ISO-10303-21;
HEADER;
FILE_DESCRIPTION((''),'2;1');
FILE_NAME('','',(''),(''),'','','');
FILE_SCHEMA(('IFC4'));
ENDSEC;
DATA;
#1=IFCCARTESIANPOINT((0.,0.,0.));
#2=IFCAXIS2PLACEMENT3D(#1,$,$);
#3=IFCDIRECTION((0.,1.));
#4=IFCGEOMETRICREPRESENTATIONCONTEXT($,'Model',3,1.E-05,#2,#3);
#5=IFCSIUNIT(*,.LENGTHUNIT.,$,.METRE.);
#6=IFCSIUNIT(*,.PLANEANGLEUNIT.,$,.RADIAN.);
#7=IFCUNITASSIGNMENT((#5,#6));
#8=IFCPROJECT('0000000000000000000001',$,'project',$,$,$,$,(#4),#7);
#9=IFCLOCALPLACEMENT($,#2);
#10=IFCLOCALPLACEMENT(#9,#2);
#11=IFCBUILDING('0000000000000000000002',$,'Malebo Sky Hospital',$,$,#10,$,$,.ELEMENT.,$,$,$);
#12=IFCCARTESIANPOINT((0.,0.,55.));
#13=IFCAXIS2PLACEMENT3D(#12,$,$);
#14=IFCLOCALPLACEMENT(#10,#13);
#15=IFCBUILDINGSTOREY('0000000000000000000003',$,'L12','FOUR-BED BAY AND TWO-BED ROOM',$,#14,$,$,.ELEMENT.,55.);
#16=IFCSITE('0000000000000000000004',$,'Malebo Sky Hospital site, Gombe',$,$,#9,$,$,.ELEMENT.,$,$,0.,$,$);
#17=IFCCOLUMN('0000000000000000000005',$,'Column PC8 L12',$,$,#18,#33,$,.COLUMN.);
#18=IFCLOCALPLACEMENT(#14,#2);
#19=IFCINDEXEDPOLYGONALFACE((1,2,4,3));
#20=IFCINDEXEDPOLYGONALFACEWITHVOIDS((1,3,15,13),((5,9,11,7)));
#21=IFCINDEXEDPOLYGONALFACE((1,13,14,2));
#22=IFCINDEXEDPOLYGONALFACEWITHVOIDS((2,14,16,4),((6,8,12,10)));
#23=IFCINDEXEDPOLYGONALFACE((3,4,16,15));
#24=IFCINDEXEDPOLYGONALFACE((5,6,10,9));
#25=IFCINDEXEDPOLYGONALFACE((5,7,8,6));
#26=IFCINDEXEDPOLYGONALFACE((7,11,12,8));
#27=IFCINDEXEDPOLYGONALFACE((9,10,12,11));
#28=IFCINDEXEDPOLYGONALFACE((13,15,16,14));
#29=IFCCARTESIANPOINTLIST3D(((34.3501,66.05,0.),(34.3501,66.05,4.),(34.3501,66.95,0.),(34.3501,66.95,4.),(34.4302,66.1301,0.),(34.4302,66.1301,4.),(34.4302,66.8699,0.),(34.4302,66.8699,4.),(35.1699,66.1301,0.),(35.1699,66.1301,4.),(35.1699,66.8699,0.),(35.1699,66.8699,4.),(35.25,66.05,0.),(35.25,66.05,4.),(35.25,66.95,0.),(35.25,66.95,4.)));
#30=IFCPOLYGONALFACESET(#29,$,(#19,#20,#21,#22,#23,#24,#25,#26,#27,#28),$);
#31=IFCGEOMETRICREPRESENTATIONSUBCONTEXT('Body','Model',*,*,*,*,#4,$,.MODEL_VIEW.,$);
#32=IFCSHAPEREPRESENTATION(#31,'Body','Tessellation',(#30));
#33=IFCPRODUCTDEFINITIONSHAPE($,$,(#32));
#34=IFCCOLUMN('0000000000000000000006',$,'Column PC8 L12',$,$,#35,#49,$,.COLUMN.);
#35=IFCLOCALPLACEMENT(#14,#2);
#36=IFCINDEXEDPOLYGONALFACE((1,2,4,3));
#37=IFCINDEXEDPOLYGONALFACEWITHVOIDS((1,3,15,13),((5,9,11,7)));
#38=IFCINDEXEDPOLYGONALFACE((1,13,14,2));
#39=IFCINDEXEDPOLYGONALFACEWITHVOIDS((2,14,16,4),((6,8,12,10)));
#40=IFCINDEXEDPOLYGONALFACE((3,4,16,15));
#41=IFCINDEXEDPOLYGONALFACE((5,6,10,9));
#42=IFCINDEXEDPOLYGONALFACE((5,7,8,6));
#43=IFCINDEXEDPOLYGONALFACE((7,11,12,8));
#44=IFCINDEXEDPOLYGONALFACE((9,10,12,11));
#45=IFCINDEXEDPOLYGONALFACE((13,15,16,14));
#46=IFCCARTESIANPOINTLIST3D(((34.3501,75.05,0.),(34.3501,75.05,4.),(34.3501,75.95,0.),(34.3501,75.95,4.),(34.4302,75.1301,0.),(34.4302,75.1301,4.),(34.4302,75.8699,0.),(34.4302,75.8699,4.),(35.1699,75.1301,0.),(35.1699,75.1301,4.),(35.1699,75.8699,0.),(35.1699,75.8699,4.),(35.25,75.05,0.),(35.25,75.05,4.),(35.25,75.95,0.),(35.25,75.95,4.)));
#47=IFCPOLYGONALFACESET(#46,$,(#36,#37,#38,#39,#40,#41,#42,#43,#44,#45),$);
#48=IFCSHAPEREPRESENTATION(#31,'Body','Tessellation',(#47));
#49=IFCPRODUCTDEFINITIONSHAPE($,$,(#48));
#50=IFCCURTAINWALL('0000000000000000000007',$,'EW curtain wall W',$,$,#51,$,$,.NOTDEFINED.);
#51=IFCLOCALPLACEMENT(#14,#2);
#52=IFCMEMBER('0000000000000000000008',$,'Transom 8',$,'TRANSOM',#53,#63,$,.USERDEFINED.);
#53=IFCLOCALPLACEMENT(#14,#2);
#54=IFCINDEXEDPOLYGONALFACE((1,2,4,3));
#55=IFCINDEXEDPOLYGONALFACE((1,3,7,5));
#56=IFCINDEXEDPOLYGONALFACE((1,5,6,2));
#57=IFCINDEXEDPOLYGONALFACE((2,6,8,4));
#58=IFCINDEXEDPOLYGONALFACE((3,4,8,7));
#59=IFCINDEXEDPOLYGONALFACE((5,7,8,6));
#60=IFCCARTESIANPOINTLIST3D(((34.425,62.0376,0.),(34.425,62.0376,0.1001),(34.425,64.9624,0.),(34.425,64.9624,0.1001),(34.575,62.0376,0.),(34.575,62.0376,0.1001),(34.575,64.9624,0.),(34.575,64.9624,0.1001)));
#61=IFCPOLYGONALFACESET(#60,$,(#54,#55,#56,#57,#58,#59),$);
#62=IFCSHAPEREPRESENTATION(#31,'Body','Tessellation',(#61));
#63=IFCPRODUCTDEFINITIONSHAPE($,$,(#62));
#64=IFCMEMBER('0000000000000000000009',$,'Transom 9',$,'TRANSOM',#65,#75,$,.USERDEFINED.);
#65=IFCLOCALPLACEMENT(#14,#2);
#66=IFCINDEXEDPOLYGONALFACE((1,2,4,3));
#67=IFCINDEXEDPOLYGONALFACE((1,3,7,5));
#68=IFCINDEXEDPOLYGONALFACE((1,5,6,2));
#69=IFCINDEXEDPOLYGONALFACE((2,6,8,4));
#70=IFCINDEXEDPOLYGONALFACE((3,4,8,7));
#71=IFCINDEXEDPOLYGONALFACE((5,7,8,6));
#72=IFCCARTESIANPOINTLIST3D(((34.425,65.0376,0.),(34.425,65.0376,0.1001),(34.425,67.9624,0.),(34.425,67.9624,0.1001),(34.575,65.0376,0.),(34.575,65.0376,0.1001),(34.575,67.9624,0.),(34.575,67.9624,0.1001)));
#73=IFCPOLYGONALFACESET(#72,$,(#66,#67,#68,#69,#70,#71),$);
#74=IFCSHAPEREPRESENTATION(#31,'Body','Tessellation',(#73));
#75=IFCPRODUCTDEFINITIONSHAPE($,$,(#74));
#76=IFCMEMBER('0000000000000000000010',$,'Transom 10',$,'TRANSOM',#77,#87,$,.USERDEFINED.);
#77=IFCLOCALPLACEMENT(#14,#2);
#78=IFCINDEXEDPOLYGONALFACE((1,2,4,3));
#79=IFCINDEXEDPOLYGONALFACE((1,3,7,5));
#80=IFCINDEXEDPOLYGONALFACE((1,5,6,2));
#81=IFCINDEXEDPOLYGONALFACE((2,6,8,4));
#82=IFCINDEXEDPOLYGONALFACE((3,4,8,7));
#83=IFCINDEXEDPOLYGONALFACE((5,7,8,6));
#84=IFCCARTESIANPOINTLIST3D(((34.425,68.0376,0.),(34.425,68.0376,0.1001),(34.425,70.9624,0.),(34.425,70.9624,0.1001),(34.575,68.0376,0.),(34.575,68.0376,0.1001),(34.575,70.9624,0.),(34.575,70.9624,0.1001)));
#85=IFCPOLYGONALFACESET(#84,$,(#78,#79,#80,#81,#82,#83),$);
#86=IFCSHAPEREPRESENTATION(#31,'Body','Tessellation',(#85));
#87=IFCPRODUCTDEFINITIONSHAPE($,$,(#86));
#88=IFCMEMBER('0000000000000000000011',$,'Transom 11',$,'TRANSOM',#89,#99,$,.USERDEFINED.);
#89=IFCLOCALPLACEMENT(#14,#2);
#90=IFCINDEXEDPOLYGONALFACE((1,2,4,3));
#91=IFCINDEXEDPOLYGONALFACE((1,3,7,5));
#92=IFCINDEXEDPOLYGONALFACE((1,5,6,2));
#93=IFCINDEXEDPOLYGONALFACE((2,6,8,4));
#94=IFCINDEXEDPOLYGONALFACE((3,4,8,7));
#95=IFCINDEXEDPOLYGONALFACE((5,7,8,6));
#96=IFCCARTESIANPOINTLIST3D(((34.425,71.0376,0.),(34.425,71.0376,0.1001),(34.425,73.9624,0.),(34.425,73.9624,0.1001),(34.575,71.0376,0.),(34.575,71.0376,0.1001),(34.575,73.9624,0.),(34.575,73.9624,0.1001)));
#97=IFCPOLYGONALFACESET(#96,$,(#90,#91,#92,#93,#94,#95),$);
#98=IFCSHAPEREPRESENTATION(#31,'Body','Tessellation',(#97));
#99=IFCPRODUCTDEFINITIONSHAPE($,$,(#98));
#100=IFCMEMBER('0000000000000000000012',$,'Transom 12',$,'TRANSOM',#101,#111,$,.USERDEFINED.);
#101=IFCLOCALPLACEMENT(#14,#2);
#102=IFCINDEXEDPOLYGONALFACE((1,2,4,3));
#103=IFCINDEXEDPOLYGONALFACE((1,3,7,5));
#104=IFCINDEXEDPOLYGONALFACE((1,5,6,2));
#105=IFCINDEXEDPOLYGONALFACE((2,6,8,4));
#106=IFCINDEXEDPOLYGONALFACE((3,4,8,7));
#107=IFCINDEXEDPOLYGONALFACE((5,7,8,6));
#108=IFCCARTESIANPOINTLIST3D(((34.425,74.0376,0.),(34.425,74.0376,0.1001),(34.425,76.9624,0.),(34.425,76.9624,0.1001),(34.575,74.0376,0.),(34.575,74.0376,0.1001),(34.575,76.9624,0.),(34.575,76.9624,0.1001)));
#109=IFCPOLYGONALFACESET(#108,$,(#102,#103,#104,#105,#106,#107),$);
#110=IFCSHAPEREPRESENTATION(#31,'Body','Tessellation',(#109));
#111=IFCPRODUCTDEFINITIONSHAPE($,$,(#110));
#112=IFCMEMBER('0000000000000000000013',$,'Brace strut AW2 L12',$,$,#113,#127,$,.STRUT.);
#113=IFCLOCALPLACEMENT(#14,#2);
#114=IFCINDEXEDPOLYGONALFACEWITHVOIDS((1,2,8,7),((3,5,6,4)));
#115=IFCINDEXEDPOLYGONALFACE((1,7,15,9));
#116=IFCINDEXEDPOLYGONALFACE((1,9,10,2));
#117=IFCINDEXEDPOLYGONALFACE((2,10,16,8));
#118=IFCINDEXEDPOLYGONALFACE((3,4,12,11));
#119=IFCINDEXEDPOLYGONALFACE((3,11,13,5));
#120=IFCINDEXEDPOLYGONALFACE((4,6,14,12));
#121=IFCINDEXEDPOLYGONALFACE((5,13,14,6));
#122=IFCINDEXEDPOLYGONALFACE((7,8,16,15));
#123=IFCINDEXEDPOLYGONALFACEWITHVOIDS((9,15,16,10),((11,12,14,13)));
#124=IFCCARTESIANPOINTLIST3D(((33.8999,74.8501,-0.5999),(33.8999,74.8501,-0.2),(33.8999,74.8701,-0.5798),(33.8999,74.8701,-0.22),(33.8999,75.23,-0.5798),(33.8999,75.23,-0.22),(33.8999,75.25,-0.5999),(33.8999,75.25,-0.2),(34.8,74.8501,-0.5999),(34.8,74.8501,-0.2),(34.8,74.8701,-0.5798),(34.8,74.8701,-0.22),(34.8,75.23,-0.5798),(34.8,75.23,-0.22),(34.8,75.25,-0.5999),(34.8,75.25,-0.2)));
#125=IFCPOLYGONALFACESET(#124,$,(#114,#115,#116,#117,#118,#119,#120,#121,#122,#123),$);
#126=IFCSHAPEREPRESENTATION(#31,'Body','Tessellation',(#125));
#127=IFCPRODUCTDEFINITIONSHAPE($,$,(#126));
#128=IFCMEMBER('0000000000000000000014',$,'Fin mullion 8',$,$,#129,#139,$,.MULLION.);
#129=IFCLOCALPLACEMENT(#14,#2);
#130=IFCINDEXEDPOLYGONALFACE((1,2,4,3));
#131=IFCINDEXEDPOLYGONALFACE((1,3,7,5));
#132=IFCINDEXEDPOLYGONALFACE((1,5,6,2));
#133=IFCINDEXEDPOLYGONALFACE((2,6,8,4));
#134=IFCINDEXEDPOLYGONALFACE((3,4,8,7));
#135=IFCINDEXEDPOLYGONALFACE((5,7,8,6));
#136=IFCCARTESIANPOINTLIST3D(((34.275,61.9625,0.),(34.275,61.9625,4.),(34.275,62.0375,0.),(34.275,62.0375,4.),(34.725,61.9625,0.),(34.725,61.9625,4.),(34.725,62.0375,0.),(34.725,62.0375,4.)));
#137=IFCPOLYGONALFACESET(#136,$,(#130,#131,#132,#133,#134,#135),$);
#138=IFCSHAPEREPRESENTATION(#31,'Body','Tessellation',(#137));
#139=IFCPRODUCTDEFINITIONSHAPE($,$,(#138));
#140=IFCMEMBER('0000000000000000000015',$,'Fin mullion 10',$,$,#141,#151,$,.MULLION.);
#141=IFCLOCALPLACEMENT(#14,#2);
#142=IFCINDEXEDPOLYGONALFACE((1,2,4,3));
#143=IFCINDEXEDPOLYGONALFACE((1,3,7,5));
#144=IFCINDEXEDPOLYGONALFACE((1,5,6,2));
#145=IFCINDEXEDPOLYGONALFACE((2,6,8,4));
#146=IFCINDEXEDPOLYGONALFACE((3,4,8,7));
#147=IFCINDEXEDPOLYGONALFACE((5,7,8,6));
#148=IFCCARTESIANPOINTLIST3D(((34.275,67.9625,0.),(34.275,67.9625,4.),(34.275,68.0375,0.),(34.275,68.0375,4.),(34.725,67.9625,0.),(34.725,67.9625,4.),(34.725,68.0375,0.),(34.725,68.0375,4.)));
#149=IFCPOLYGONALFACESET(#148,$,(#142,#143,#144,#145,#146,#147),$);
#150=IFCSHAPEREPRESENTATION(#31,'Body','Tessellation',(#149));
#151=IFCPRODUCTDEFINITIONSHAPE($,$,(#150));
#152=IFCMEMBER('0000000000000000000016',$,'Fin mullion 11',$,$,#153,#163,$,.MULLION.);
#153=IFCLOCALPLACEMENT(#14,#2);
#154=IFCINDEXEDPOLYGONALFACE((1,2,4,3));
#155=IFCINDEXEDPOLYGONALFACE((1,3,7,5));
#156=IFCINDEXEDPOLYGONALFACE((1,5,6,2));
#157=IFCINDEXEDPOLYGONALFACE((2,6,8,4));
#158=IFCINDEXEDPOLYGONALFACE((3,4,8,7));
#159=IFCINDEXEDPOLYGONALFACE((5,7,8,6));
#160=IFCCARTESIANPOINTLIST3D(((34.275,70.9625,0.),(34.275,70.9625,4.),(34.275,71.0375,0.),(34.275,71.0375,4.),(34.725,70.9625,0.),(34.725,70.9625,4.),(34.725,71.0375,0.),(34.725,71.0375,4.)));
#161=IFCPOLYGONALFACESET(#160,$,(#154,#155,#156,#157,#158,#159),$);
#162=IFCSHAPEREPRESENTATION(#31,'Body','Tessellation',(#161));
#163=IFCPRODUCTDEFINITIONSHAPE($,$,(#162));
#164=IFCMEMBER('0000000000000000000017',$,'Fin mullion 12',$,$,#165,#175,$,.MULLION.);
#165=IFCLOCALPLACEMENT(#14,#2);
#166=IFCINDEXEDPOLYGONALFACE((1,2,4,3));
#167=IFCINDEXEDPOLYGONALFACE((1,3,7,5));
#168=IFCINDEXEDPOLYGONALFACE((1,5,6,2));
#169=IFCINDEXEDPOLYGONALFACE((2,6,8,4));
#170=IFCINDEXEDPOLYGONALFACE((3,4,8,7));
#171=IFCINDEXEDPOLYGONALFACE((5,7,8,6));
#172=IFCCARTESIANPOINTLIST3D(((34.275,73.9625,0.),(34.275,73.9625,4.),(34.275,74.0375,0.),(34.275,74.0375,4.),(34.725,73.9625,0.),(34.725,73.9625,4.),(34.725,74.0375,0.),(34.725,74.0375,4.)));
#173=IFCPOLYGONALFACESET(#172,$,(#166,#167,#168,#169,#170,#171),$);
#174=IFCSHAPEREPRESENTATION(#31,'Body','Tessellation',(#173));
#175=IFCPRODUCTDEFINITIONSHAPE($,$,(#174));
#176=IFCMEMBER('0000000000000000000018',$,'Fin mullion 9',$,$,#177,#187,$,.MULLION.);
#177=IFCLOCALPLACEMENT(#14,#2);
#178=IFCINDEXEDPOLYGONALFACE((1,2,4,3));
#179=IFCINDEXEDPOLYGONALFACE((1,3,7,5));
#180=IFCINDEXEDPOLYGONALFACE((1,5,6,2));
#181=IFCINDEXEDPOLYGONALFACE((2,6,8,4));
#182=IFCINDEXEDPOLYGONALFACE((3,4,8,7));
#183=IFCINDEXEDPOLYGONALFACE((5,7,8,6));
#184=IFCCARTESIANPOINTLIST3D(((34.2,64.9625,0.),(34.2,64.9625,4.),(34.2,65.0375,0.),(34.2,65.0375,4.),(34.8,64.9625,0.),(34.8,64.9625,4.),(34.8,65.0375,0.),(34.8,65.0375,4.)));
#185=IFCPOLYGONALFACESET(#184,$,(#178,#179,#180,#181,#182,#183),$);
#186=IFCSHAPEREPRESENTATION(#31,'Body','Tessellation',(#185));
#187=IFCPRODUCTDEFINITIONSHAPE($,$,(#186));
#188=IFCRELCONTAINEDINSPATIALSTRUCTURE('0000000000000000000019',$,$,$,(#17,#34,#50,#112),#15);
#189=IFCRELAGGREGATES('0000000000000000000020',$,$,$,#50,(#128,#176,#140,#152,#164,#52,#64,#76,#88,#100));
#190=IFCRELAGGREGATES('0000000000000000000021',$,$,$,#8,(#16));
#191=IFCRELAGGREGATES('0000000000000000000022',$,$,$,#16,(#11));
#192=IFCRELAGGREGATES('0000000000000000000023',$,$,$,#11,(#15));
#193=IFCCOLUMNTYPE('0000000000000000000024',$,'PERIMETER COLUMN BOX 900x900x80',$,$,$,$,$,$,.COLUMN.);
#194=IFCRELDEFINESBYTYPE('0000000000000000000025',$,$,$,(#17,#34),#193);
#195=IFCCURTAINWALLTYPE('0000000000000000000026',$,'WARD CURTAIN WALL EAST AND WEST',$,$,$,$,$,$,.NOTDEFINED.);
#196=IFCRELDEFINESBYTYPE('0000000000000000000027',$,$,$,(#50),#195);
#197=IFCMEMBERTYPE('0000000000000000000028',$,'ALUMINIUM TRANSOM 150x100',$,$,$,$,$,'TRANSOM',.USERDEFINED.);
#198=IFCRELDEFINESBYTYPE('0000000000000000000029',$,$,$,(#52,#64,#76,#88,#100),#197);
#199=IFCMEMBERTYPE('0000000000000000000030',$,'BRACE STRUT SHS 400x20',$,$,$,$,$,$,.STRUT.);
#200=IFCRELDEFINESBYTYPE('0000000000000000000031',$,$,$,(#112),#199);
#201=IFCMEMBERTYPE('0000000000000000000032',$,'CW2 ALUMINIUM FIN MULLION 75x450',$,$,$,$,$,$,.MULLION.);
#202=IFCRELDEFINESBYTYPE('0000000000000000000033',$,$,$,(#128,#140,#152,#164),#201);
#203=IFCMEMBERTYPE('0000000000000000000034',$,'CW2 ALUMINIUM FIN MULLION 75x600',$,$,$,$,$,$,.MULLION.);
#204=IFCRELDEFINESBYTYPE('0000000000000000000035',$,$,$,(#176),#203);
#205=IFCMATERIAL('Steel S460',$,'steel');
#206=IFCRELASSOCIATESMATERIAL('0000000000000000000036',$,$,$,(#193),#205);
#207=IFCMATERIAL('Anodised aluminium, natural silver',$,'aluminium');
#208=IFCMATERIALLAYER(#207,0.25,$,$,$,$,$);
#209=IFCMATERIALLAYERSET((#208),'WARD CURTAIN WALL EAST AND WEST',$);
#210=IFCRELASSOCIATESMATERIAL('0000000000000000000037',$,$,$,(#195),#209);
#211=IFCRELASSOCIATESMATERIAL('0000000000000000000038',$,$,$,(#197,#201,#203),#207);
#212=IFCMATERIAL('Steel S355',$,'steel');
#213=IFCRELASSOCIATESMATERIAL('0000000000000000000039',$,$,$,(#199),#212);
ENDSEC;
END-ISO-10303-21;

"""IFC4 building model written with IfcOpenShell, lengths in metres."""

from ifc_helpers import new_model, si_unit, direction, frame, origin, origin_2d, place, context, subcontext, project, spatial, rectangle, hollow_rectangle, extrude, material, layer, layer_set, material_profile, profile_set, type_object, element, aggregate, save


model = new_model("IFC4")

# Units and contexts
model_context = context("Model", 3, precision=1e-05, world=origin(), true_north=direction((0.0, 1.0)))
body_context = subcontext(model_context, "Body", "Model", "MODEL_VIEW")
ifc_project = project(units=[si_unit("LENGTHUNIT", "METRE"), si_unit("PLANEANGLEUNIT", "RADIAN")], contexts=[model_context])

# Site, building, storey
site_placement = place(None, origin())
site = spatial("IfcSite", under=ifc_project, at=site_placement, Name="Malebo Sky Hospital site, Gombe", CompositionType="ELEMENT", RefElevation=0.0)
building_placement = place(site_placement, origin())
building = spatial("IfcBuilding", under=site, at=building_placement, Name="Malebo Sky Hospital", CompositionType="ELEMENT")
storey_placement = place(building_placement, frame((0.0, 0.0, 55.0)))
storey = spatial("IfcBuildingStorey", under=building, at=storey_placement, Name="L12", Description="FOUR-BED BAY AND TWO-BED ROOM", CompositionType="ELEMENT", Elevation=55.0)

# Columns
ifc_material_1 = material(Name="Steel S460", Category="steel")
ifc_material_profile_1 = material_profile(ifc_material_1, hollow_rectangle(XDim=0.8999, YDim=0.8999, WallThickness=0.0801, at=origin_2d()), Name="BOX 900x900x80")
ifc_profile_set_1 = profile_set([ifc_material_profile_1], Name="Steel S460")
column_type = type_object("IfcColumnType", Name="PERIMETER COLUMN BOX 900x900x80", PredefinedType="COLUMN", material=ifc_profile_set_1)
for number, where, z_axis, x_axis, name in (
    (1, (34.8, 66.5, 0.0), (0.0, 0.0, 1.0), (1.0, 0.0, 0.0), "Column PC8 L12"),
    (2, (34.8, 75.5, 0.0), (0.0, 0.0, 1.0), (1.0, 0.0, 0.0), "Column PC8 L12"),
):
    element("IfcColumn", number, at=place(storey_placement, frame(where, z_axis=z_axis, x_axis=x_axis)), inside=storey, type_object=column_type, Name=name, PredefinedType="COLUMN", context=body_context, shape_type="SweptSolid", body=[
        extrude(hollow_rectangle(XDim=0.8999, YDim=0.8999, WallThickness=0.0801, at=origin_2d()), origin(), (0.0, 0.0, 1.0), 4.0),
    ])

# Curtain wall, members
ifc_material_2 = material(Name="Anodised aluminium, natural silver", Category="aluminium")
ifc_layer_1 = layer(ifc_material_2, 0.25)
ifc_layer_set_1 = layer_set([ifc_layer_1], Name="WARD CURTAIN WALL EAST AND WEST")
curtain_wall_type = type_object("IfcCurtainWallType", Name="WARD CURTAIN WALL EAST AND WEST", PredefinedType="NOTDEFINED", material=ifc_layer_set_1)
curtain_wall_placement = place(storey_placement, origin())
curtain_wall = element("IfcCurtainWall", 3, at=curtain_wall_placement, inside=storey, type_object=curtain_wall_type, Name="EW curtain wall W", PredefinedType="NOTDEFINED")
ifc_material_profile_2 = material_profile(ifc_material_2, rectangle(XDim=0.1499, YDim=0.1001, at=origin_2d()), Name="ALUMINIUM TRANSOM 150x100")
ifc_profile_set_2 = profile_set([ifc_material_profile_2], Name="Anodised aluminium, natural silver")
member_type_1 = type_object("IfcMemberType", Name="ALUMINIUM TRANSOM 150x100", ElementType="TRANSOM", PredefinedType="USERDEFINED", material=ifc_profile_set_2)
member_1_placement = place(storey_placement, frame((34.5, 62.0376, 0.05), z_axis=(0.0, 1.0, 0.0), x_axis=(-1.0, 0.0, 0.0)))
member_1 = element("IfcMember", 4, at=member_1_placement, type_object=member_type_1, Name="Transom 8", ObjectType="TRANSOM", PredefinedType="USERDEFINED", context=body_context, shape_type="SweptSolid", body=[
    extrude(rectangle(XDim=0.1499, YDim=0.1001, at=origin_2d()), origin(), (0.0, 0.0, 1.0), 2.9248),
])
member_2_placement = place(storey_placement, frame((34.5, 65.0376, 0.05), z_axis=(0.0, 1.0, 0.0), x_axis=(-1.0, 0.0, 0.0)))
member_2 = element("IfcMember", 5, at=member_2_placement, type_object=member_type_1, Name="Transom 9", ObjectType="TRANSOM", PredefinedType="USERDEFINED", context=body_context, shape_type="SweptSolid", body=[
    extrude(rectangle(XDim=0.1499, YDim=0.1001, at=origin_2d()), origin(), (0.0, 0.0, 1.0), 2.9248),
])
member_3_placement = place(storey_placement, frame((34.5, 68.0376, 0.05), z_axis=(0.0, 1.0, 0.0), x_axis=(-1.0, 0.0, 0.0)))
member_3 = element("IfcMember", 6, at=member_3_placement, type_object=member_type_1, Name="Transom 10", ObjectType="TRANSOM", PredefinedType="USERDEFINED", context=body_context, shape_type="SweptSolid", body=[
    extrude(rectangle(XDim=0.1499, YDim=0.1001, at=origin_2d()), origin(), (0.0, 0.0, 1.0), 2.9248),
])
member_4_placement = place(storey_placement, frame((34.5, 71.0376, 0.05), z_axis=(0.0, 1.0, 0.0), x_axis=(-1.0, 0.0, 0.0)))
member_4 = element("IfcMember", 7, at=member_4_placement, type_object=member_type_1, Name="Transom 11", ObjectType="TRANSOM", PredefinedType="USERDEFINED", context=body_context, shape_type="SweptSolid", body=[
    extrude(rectangle(XDim=0.1499, YDim=0.1001, at=origin_2d()), origin(), (0.0, 0.0, 1.0), 2.9248),
])
member_5_placement = place(storey_placement, frame((34.5, 74.0376, 0.05), z_axis=(0.0, 1.0, 0.0), x_axis=(-1.0, 0.0, 0.0)))
member_5 = element("IfcMember", 8, at=member_5_placement, type_object=member_type_1, Name="Transom 12", ObjectType="TRANSOM", PredefinedType="USERDEFINED", context=body_context, shape_type="SweptSolid", body=[
    extrude(rectangle(XDim=0.1499, YDim=0.1001, at=origin_2d()), origin(), (0.0, 0.0, 1.0), 2.9248),
])

# Members
ifc_material_3 = material(Name="Steel S355", Category="steel")
ifc_material_profile_3 = material_profile(ifc_material_3, hollow_rectangle(XDim=0.3999, YDim=0.3999, WallThickness=0.02, at=origin_2d()), Name="SHS 400x20")
ifc_profile_set_3 = profile_set([ifc_material_profile_3], Name="Steel S355")
member_type_2 = type_object("IfcMemberType", Name="BRACE STRUT SHS 400x20", PredefinedType="STRUT", material=ifc_profile_set_3)
member_6_placement = place(storey_placement, frame((33.8999, 75.05, -0.3999), z_axis=(1.0, 0.0, 0.0), x_axis=(0.0, 1.0, 0.0)))
element("IfcMember", 9, at=member_6_placement, inside=storey, type_object=member_type_2, Name="Brace strut AW2 L12", PredefinedType="STRUT", context=body_context, shape_type="SweptSolid", body=[
    extrude(hollow_rectangle(XDim=0.3999, YDim=0.3999, WallThickness=0.02, at=origin_2d()), origin(), (0.0, 0.0, 1.0), 0.9001),
])
ifc_material_profile_4 = material_profile(ifc_material_2, rectangle(XDim=0.075, YDim=0.45, at=origin_2d()), Name="CW2 ALUMINIUM FIN MULLION 75x450")
ifc_profile_set_4 = profile_set([ifc_material_profile_4], Name="Anodised aluminium, natural silver")
member_type_3 = type_object("IfcMemberType", Name="CW2 ALUMINIUM FIN MULLION 75x450", PredefinedType="MULLION", material=ifc_profile_set_4)
member_7_placement = place(storey_placement, frame((34.5, 62.0, 0.0), z_axis=(0.0, 0.0, 1.0), x_axis=(0.0, 1.0, 0.0)))
member_7 = element("IfcMember", 10, at=member_7_placement, type_object=member_type_3, Name="Fin mullion 8", PredefinedType="MULLION", context=body_context, shape_type="SweptSolid", body=[
    extrude(rectangle(XDim=0.075, YDim=0.45, at=origin_2d()), origin(), (0.0, 0.0, 1.0), 4.0),
])
member_8_placement = place(storey_placement, frame((34.5, 68.0, 0.0), z_axis=(0.0, 0.0, 1.0), x_axis=(0.0, 1.0, 0.0)))
member_8 = element("IfcMember", 11, at=member_8_placement, type_object=member_type_3, Name="Fin mullion 10", PredefinedType="MULLION", context=body_context, shape_type="SweptSolid", body=[
    extrude(rectangle(XDim=0.075, YDim=0.45, at=origin_2d()), origin(), (0.0, 0.0, 1.0), 4.0),
])
member_9_placement = place(storey_placement, frame((34.5, 71.0, 0.0), z_axis=(0.0, 0.0, 1.0), x_axis=(0.0, 1.0, 0.0)))
member_9 = element("IfcMember", 12, at=member_9_placement, type_object=member_type_3, Name="Fin mullion 11", PredefinedType="MULLION", context=body_context, shape_type="SweptSolid", body=[
    extrude(rectangle(XDim=0.075, YDim=0.45, at=origin_2d()), origin(), (0.0, 0.0, 1.0), 4.0),
])
member_10_placement = place(storey_placement, frame((34.5, 74.0, 0.0), z_axis=(0.0, 0.0, 1.0), x_axis=(0.0, 1.0, 0.0)))
member_10 = element("IfcMember", 13, at=member_10_placement, type_object=member_type_3, Name="Fin mullion 12", PredefinedType="MULLION", context=body_context, shape_type="SweptSolid", body=[
    extrude(rectangle(XDim=0.075, YDim=0.45, at=origin_2d()), origin(), (0.0, 0.0, 1.0), 4.0),
])
ifc_material_profile_5 = material_profile(ifc_material_2, rectangle(XDim=0.075, YDim=0.6001, at=origin_2d()), Name="CW2 ALUMINIUM FIN MULLION 75x600")
ifc_profile_set_5 = profile_set([ifc_material_profile_5], Name="Anodised aluminium, natural silver")
member_type_4 = type_object("IfcMemberType", Name="CW2 ALUMINIUM FIN MULLION 75x600", PredefinedType="MULLION", material=ifc_profile_set_5)
member_11_placement = place(storey_placement, frame((34.5, 65.0, 0.0), z_axis=(0.0, 0.0, 1.0), x_axis=(0.0, 1.0, 0.0)))
member_11 = element("IfcMember", 14, at=member_11_placement, type_object=member_type_4, Name="Fin mullion 9", PredefinedType="MULLION", context=body_context, shape_type="SweptSolid", body=[
    extrude(rectangle(XDim=0.075, YDim=0.6001, at=origin_2d()), origin(), (0.0, 0.0, 1.0), 4.0),
])

aggregate(curtain_wall, [member_7, member_11, member_8, member_9, member_10, member_1, member_2, member_3, member_4, member_5])

save(model, "model.ifc")
